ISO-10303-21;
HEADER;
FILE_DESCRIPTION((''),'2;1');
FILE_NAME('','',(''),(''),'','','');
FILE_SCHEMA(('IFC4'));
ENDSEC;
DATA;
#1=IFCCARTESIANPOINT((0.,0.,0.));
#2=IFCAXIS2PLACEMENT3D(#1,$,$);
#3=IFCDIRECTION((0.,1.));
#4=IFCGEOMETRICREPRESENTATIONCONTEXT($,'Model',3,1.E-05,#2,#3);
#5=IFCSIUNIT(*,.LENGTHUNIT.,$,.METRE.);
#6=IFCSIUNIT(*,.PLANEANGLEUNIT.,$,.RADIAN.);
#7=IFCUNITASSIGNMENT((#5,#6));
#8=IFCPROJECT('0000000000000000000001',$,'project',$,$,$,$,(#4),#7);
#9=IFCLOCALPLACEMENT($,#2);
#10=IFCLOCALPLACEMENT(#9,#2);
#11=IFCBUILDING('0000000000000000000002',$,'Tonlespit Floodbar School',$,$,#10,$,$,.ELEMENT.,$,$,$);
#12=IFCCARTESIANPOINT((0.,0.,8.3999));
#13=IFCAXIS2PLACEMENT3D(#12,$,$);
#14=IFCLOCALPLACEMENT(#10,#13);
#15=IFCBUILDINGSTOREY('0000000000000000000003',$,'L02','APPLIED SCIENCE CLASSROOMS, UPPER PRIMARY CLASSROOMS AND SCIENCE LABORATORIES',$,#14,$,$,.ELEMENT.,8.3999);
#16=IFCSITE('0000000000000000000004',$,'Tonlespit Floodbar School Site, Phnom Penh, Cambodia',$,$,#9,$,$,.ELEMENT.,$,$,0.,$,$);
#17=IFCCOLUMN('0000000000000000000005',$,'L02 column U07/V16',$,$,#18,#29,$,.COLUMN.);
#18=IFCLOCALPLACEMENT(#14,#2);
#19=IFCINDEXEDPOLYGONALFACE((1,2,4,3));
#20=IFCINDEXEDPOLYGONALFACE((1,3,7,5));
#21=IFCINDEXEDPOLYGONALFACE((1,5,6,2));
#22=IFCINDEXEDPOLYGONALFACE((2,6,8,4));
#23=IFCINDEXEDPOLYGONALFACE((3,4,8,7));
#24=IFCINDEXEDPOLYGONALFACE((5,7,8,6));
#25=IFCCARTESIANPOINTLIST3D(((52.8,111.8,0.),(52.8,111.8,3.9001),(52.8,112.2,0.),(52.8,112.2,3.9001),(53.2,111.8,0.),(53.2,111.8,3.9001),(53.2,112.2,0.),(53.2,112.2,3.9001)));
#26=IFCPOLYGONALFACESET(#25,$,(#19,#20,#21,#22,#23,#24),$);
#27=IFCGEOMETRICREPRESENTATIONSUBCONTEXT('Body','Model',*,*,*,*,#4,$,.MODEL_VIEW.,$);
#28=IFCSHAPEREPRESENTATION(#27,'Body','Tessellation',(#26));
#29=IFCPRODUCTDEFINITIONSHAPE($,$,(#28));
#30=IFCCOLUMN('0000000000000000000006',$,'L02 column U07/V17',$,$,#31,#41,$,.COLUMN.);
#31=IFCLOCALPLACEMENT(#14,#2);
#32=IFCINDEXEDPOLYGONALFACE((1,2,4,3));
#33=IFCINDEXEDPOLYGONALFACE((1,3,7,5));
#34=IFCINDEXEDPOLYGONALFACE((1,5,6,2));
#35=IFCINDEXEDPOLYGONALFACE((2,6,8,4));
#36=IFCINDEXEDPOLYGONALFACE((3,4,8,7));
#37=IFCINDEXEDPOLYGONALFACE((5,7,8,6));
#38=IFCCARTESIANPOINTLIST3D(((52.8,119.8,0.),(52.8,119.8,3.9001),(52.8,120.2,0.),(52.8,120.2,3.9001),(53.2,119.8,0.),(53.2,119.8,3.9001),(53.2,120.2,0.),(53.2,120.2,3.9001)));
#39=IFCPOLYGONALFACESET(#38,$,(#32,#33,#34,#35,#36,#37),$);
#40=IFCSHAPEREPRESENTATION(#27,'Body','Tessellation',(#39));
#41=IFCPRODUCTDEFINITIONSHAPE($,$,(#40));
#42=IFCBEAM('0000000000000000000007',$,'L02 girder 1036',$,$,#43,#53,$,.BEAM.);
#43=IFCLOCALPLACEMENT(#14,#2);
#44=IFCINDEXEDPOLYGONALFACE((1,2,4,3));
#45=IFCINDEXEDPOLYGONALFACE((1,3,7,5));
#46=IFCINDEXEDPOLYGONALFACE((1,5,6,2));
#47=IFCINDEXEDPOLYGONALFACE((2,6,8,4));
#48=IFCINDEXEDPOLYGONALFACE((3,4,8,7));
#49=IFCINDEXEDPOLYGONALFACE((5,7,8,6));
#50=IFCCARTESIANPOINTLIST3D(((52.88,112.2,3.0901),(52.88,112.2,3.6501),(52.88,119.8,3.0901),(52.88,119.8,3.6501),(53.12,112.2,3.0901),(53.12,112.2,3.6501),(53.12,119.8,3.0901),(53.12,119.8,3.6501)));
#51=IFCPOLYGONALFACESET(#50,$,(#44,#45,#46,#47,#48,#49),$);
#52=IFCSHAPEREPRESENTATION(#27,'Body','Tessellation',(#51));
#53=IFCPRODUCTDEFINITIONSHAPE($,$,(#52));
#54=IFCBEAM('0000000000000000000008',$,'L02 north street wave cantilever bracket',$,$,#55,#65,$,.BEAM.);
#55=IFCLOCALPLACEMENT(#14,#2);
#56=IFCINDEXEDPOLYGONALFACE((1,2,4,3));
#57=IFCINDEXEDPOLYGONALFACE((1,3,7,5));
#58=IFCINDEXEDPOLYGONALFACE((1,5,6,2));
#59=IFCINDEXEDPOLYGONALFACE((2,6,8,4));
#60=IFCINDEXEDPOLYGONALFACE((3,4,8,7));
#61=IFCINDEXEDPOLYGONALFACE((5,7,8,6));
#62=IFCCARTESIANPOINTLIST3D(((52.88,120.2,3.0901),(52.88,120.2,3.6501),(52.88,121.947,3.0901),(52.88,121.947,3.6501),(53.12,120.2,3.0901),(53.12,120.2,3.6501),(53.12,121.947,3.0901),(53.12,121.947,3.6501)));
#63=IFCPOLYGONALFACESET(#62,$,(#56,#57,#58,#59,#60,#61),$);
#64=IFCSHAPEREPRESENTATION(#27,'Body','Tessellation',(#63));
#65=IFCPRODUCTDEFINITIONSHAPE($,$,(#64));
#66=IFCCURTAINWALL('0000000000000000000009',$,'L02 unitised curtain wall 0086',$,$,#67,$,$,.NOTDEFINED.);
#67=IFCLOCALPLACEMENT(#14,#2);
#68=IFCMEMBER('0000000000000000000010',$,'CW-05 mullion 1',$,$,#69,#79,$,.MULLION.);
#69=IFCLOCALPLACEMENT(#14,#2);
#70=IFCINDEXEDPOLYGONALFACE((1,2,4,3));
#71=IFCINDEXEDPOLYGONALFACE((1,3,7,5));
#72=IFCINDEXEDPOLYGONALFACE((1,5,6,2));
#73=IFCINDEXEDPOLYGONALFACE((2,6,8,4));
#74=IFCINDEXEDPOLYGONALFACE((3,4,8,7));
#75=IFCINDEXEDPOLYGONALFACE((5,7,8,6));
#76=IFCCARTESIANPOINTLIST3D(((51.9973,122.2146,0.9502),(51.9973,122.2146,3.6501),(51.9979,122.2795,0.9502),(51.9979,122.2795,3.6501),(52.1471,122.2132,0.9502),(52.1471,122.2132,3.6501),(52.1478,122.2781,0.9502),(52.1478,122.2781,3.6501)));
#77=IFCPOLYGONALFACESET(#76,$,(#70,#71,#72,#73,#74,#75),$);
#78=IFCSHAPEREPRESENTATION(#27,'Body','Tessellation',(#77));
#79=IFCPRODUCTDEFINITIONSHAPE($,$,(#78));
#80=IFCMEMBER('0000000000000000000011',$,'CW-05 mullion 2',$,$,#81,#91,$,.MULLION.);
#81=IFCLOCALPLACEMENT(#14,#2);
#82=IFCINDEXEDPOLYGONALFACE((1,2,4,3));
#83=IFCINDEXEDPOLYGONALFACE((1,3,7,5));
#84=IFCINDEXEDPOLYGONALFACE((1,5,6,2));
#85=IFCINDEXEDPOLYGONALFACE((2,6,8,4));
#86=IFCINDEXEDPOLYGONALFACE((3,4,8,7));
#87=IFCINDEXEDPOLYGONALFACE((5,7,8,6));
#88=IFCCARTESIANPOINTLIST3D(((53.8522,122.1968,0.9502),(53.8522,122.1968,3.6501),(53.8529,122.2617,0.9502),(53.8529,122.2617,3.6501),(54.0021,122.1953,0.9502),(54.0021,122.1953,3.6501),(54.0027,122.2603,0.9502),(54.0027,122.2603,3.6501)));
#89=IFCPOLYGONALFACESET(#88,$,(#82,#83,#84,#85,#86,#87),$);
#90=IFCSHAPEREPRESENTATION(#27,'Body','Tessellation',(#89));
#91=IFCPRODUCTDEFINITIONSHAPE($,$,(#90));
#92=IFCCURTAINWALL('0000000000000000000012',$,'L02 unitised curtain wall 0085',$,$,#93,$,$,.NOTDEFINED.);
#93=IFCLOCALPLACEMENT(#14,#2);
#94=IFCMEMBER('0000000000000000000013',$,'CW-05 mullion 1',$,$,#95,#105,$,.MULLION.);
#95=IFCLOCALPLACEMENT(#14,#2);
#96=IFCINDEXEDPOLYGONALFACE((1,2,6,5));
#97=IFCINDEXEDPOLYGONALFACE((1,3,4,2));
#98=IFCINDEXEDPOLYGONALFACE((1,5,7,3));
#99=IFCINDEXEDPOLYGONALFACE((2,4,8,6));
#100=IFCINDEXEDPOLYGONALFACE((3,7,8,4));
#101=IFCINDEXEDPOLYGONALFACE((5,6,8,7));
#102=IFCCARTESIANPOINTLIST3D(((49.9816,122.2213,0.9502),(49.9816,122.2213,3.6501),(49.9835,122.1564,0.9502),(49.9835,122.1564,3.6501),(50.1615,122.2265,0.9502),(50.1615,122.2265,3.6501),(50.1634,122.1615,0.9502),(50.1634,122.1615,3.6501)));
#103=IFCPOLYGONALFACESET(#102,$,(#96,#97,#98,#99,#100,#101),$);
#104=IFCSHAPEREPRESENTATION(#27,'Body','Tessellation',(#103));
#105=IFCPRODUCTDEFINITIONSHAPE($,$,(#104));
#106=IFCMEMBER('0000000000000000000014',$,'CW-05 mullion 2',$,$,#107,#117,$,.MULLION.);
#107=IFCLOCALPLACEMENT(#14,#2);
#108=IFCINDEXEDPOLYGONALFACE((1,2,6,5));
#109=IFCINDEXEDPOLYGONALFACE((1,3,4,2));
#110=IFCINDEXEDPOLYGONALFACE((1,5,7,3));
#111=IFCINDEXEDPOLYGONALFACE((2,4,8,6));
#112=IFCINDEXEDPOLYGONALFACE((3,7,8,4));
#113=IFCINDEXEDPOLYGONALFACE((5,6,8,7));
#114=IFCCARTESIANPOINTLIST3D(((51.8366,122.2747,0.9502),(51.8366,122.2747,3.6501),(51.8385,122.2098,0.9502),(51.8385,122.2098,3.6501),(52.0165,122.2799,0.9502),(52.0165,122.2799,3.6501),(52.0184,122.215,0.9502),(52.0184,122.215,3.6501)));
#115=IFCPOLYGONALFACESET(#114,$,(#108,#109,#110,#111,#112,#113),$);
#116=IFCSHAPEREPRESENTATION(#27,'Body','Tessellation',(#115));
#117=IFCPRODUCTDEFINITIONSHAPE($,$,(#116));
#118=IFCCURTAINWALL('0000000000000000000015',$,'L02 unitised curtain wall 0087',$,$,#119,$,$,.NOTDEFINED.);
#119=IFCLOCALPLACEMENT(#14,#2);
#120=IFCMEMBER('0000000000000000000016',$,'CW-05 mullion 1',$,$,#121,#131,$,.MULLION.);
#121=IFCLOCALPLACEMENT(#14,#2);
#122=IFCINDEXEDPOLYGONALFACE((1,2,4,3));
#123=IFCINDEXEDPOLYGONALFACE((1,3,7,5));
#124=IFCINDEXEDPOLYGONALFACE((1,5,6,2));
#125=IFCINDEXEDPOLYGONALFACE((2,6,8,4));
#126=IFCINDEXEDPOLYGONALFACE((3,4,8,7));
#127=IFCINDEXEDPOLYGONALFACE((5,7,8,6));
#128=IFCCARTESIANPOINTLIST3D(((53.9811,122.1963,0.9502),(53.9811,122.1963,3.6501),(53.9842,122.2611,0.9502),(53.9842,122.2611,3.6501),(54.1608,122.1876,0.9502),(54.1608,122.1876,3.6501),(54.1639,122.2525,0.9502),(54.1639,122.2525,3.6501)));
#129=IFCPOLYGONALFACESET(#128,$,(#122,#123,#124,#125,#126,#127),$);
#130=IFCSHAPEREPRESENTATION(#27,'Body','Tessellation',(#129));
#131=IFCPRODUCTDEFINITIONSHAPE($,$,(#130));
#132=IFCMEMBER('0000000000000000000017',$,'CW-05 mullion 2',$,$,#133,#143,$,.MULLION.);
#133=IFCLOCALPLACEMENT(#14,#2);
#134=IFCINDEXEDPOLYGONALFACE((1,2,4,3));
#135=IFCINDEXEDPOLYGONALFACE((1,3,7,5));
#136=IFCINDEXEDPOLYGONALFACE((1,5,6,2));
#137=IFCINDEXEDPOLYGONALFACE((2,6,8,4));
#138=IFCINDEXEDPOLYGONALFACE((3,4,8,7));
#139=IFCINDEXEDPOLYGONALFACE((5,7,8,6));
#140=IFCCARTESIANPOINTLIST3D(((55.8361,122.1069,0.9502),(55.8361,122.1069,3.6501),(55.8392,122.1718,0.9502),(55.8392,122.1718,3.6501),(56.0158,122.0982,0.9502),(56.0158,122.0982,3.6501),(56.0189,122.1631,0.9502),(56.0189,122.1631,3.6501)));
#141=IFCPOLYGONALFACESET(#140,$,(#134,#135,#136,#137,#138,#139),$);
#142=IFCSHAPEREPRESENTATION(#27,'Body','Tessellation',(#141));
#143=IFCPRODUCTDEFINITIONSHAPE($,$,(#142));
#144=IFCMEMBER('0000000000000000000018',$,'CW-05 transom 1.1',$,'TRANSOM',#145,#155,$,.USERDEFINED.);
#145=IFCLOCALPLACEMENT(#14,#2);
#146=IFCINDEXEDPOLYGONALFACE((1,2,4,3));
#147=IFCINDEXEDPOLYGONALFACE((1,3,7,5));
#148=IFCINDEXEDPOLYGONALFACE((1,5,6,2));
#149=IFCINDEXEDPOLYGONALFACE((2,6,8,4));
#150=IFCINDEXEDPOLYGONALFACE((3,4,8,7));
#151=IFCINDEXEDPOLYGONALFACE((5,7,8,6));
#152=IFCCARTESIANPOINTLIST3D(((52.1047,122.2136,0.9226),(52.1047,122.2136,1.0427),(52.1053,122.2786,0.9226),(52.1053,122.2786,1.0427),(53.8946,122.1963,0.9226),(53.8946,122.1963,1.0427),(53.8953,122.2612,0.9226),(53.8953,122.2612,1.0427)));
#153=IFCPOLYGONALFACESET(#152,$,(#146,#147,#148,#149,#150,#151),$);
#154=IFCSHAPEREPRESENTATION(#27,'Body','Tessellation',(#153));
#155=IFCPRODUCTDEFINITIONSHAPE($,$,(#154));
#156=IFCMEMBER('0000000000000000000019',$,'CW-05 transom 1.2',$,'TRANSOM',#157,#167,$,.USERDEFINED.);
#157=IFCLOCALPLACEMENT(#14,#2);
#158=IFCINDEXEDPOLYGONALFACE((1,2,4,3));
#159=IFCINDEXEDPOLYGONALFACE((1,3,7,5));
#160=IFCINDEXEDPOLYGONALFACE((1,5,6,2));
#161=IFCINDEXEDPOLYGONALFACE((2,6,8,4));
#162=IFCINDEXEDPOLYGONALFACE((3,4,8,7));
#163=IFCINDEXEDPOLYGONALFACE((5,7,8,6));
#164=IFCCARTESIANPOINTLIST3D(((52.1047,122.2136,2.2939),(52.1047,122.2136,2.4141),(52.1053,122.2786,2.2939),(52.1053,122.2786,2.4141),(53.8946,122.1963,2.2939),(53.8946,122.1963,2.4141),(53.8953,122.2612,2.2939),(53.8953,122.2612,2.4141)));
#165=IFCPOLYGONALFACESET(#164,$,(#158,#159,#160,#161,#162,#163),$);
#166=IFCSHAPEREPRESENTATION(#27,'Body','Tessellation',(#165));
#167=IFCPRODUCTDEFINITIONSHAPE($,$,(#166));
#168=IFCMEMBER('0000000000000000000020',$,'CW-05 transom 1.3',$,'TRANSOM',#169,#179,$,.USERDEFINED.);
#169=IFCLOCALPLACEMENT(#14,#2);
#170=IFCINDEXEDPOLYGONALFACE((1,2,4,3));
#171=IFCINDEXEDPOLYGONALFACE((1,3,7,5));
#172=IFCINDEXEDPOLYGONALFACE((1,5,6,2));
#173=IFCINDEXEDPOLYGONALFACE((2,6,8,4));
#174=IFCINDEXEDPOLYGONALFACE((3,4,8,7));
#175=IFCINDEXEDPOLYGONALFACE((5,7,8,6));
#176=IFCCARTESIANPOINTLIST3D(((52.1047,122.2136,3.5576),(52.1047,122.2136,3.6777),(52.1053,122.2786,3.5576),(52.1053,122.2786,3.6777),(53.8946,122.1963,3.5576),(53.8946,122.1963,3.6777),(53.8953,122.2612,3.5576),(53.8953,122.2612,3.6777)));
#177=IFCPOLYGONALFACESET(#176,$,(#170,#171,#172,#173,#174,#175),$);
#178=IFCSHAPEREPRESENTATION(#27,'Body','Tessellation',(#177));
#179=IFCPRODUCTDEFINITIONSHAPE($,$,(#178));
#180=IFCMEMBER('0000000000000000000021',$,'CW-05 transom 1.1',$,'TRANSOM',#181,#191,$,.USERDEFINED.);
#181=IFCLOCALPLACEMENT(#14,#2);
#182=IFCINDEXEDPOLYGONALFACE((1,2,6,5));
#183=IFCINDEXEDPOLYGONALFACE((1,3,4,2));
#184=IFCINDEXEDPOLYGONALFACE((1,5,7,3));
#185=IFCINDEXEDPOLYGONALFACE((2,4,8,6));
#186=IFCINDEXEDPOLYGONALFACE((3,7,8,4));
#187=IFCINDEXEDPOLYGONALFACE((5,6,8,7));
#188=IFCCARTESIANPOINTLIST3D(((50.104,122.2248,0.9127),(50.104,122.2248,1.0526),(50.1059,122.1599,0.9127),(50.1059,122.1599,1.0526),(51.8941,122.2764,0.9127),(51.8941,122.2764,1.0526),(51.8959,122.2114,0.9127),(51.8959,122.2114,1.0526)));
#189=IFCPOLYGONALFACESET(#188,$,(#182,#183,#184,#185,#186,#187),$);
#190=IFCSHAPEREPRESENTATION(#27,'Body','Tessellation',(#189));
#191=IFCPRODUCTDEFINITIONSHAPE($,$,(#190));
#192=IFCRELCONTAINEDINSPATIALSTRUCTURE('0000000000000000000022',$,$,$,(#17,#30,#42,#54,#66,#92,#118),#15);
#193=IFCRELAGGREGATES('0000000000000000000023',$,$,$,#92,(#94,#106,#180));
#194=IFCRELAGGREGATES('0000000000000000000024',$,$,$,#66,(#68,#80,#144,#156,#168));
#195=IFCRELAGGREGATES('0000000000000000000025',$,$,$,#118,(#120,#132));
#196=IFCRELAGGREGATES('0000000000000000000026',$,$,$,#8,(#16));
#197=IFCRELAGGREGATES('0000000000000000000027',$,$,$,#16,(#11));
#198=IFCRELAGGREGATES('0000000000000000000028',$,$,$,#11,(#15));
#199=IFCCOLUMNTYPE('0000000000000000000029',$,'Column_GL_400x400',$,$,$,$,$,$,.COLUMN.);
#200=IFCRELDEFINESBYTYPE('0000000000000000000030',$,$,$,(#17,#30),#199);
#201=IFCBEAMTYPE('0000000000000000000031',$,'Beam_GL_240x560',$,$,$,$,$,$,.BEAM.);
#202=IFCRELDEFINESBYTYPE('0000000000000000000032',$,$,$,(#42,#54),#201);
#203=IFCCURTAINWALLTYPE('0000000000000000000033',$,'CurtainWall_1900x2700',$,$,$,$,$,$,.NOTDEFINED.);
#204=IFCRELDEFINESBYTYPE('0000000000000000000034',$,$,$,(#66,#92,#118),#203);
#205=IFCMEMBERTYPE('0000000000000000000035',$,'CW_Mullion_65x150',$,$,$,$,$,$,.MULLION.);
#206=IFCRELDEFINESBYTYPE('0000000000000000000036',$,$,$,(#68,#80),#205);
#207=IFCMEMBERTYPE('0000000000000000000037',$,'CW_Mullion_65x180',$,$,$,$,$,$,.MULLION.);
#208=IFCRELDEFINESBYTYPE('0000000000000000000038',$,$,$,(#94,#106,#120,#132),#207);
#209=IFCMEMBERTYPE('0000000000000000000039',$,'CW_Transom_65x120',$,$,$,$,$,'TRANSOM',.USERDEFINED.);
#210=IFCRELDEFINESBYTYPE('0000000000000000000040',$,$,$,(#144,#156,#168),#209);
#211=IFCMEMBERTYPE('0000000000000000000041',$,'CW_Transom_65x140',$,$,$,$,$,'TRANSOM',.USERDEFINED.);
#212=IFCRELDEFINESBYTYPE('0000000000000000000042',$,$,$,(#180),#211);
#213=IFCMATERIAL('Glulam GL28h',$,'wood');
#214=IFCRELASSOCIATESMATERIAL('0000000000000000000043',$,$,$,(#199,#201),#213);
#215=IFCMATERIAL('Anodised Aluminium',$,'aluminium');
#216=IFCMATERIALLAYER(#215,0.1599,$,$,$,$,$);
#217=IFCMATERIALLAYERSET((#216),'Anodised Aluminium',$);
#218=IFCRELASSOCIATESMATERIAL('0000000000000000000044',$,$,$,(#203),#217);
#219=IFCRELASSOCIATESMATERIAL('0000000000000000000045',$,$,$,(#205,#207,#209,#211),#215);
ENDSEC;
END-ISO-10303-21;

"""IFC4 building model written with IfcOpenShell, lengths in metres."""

from ifc_helpers import new_model, si_unit, direction, frame, origin, origin_2d, place, context, subcontext, project, spatial, rectangle, extrude, material, layer, layer_set, material_profile, profile_set, type_object, element, aggregate, save


model = new_model("IFC4")

# Units and contexts
model_context = context("Model", 3, precision=1e-05, world=origin(), true_north=direction((0.0, 1.0)))
body_context = subcontext(model_context, "Body", "Model", "MODEL_VIEW")
ifc_project = project(units=[si_unit("LENGTHUNIT", "METRE"), si_unit("PLANEANGLEUNIT", "RADIAN")], contexts=[model_context])

# Site, building, storey
site_placement = place(None, origin())
site = spatial("IfcSite", under=ifc_project, at=site_placement, Name="Tonlespit Floodbar School Site, Phnom Penh, Cambodia", CompositionType="ELEMENT", RefElevation=0.0)
building_placement = place(site_placement, origin())
building = spatial("IfcBuilding", under=site, at=building_placement, Name="Tonlespit Floodbar School", CompositionType="ELEMENT")
storey_placement = place(building_placement, frame((0.0, 0.0, 8.3999)))
storey = spatial("IfcBuildingStorey", under=building, at=storey_placement, Name="L02", Description="APPLIED SCIENCE CLASSROOMS, UPPER PRIMARY CLASSROOMS AND SCIENCE LABORATORIES", CompositionType="ELEMENT", Elevation=8.3999)

# Columns
ifc_material_1 = material(Name="Glulam GL28h", Category="wood")
ifc_material_profile_1 = material_profile(ifc_material_1, rectangle(XDim=0.3999, YDim=0.3999, at=origin_2d()), Name="GL 400x400")
ifc_profile_set_1 = profile_set([ifc_material_profile_1], Name="Glulam GL28h")
column_type = type_object("IfcColumnType", Name="Column_GL_400x400", PredefinedType="COLUMN", material=ifc_profile_set_1)
for number, where, z_axis, x_axis, name in (
    (1, (53.0, 112.0, 0.0), (0.0, 0.0, 1.0), (1.0, 0.0, 0.0), "L02 column U07/V16"),
    (2, (53.0, 120.0, 0.0), (0.0, 0.0, 1.0), (1.0, 0.0, 0.0), "L02 column U07/V17"),
):
    element("IfcColumn", number, at=place(storey_placement, frame(where, z_axis=z_axis, x_axis=x_axis)), inside=storey, type_object=column_type, Name=name, PredefinedType="COLUMN", context=body_context, shape_type="SweptSolid", body=[
        extrude(rectangle(XDim=0.3999, YDim=0.3999, at=origin_2d()), origin(), (0.0, 0.0, 1.0), 3.9001),
    ])

# Beams
ifc_material_profile_2 = material_profile(ifc_material_1, rectangle(XDim=0.24, YDim=0.5601, at=origin_2d()), Name="GL 240x560")
ifc_profile_set_2 = profile_set([ifc_material_profile_2], Name="Glulam GL28h")
beam_type_1 = type_object("IfcBeamType", Name="Beam_GL_240x560", PredefinedType="BEAM", material=ifc_profile_set_2)
beam_1_placement = place(storey_placement, frame((53.0, 112.2, 3.3701), z_axis=(0.0, 1.0, 0.0), x_axis=(-1.0, 0.0, 0.0)))
element("IfcBeam", 3, at=beam_1_placement, inside=storey, type_object=beam_type_1, Name="L02 girder 1036", PredefinedType="BEAM", context=body_context, shape_type="SweptSolid", body=[
    extrude(rectangle(XDim=0.24, YDim=0.5601, at=origin_2d()), origin(), (0.0, 0.0, 1.0), 7.6001),
])
beam_2_placement = place(storey_placement, frame((53.0, 120.2, 3.3701), z_axis=(0.0, 1.0, 0.0), x_axis=(-1.0, 0.0, 0.0)))
element("IfcBeam", 4, at=beam_2_placement, inside=storey, type_object=beam_type_1, Name="L02 north street wave cantilever bracket", PredefinedType="BEAM", context=body_context, shape_type="SweptSolid", body=[
    extrude(rectangle(XDim=0.24, YDim=0.5601, at=origin_2d()), origin(), (0.0, 0.0, 1.0), 1.7471),
])

# Curtain walls, members
ifc_material_2 = material(Name="Anodised Aluminium", Category="aluminium")
ifc_layer_1 = layer(ifc_material_2, 0.1599)
ifc_layer_set_1 = layer_set([ifc_layer_1], Name="Anodised Aluminium")
curtain_wall_type = type_object("IfcCurtainWallType", Name="CurtainWall_1900x2700", PredefinedType="NOTDEFINED", material=ifc_layer_set_1)
curtain_wall_1_placement = place(storey_placement, origin())
curtain_wall_1 = element("IfcCurtainWall", 5, at=curtain_wall_1_placement, inside=storey, type_object=curtain_wall_type, Name="L02 unitised curtain wall 0086", PredefinedType="NOTDEFINED")
ifc_material_profile_3 = material_profile(ifc_material_2, rectangle(XDim=0.0649, YDim=0.1499, at=origin_2d()), Name="ALU M65x150")
ifc_profile_set_3 = profile_set([ifc_material_profile_3], Name="Anodised Aluminium")
member_type_1 = type_object("IfcMemberType", Name="CW_Mullion_65x150", PredefinedType="MULLION", material=ifc_profile_set_3)
member_1_placement = place(storey_placement, frame((52.0725, 122.2463, 0.9502), z_axis=(0.0, 0.0, 1.0), x_axis=(0.009583, 0.999954, 0.0)))
member_1 = element("IfcMember", 6, at=member_1_placement, type_object=member_type_1, Name="CW-05 mullion 1", PredefinedType="MULLION", context=body_context, shape_type="SweptSolid", body=[
    extrude(rectangle(XDim=0.0649, YDim=0.1499, at=origin_2d()), origin(), (0.0, 0.0, 1.0), 2.7),
])
member_2_placement = place(storey_placement, frame((53.9275, 122.2285, 0.9502), z_axis=(0.0, 0.0, 1.0), x_axis=(0.009583, 0.999954, 0.0)))
member_2 = element("IfcMember", 7, at=member_2_placement, type_object=member_type_1, Name="CW-05 mullion 2", PredefinedType="MULLION", context=body_context, shape_type="SweptSolid", body=[
    extrude(rectangle(XDim=0.0649, YDim=0.1499, at=origin_2d()), origin(), (0.0, 0.0, 1.0), 2.7),
])
curtain_wall_2_placement = place(storey_placement, origin())
curtain_wall_2 = element("IfcCurtainWall", 8, at=curtain_wall_2_placement, inside=storey, type_object=curtain_wall_type, Name="L02 unitised curtain wall 0085", PredefinedType="NOTDEFINED")
ifc_material_profile_4 = material_profile(ifc_material_2, rectangle(XDim=0.0649, YDim=0.1799, at=origin_2d()), Name="ALU M65x180")
ifc_profile_set_4 = profile_set([ifc_material_profile_4], Name="Anodised Aluminium")
member_type_2 = type_object("IfcMemberType", Name="CW_Mullion_65x180", PredefinedType="MULLION", material=ifc_profile_set_4)
member_3_placement = place(storey_placement, frame((50.0725, 122.1914, 0.9502), z_axis=(0.0, 0.0, 1.0), x_axis=(-0.02879, 0.999585, 0.0)))
member_3 = element("IfcMember", 9, at=member_3_placement, type_object=member_type_2, Name="CW-05 mullion 1", PredefinedType="MULLION", context=body_context, shape_type="SweptSolid", body=[
    extrude(rectangle(XDim=0.0649, YDim=0.1799, at=origin_2d()), origin(), (0.0, 0.0, 1.0), 2.7),
])
member_4_placement = place(storey_placement, frame((51.9275, 122.2449, 0.9502), z_axis=(0.0, 0.0, 1.0), x_axis=(-0.02879, 0.999585, 0.0)))
member_4 = element("IfcMember", 10, at=member_4_placement, type_object=member_type_2, Name="CW-05 mullion 2", PredefinedType="MULLION", context=body_context, shape_type="SweptSolid", body=[
    extrude(rectangle(XDim=0.0649, YDim=0.1799, at=origin_2d()), origin(), (0.0, 0.0, 1.0), 2.7),
])
curtain_wall_3_placement = place(storey_placement, origin())
curtain_wall_3 = element("IfcCurtainWall", 11, at=curtain_wall_3_placement, inside=storey, type_object=curtain_wall_type, Name="L02 unitised curtain wall 0087", PredefinedType="NOTDEFINED")
member_5_placement = place(storey_placement, frame((54.0725, 122.2244, 0.9502), z_axis=(0.0, 0.0, 1.0), x_axis=(0.048121, 0.998842, 0.0)))
member_5 = element("IfcMember", 12, at=member_5_placement, type_object=member_type_2, Name="CW-05 mullion 1", PredefinedType="MULLION", context=body_context, shape_type="SweptSolid", body=[
    extrude(rectangle(XDim=0.0649, YDim=0.1799, at=origin_2d()), origin(), (0.0, 0.0, 1.0), 2.7),
])
member_6_placement = place(storey_placement, frame((55.9275, 122.135, 0.9502), z_axis=(0.0, 0.0, 1.0), x_axis=(0.048121, 0.998842, 0.0)))
member_6 = element("IfcMember", 13, at=member_6_placement, type_object=member_type_2, Name="CW-05 mullion 2", PredefinedType="MULLION", context=body_context, shape_type="SweptSolid", body=[
    extrude(rectangle(XDim=0.0649, YDim=0.1799, at=origin_2d()), origin(), (0.0, 0.0, 1.0), 2.7),
])

# Members
ifc_material_profile_5 = material_profile(ifc_material_2, rectangle(XDim=0.0649, YDim=0.1201, at=origin_2d()), Name="ALU T65x120")
ifc_profile_set_5 = profile_set([ifc_material_profile_5], Name="Anodised Aluminium")
member_type_3 = type_object("IfcMemberType", Name="CW_Transom_65x120", ElementType="TRANSOM", PredefinedType="USERDEFINED", material=ifc_profile_set_5)
member_7_placement = place(storey_placement, frame((52.105, 122.2461, 0.9827), z_axis=(0.999953, -0.009683, 0.0), x_axis=(0.009683, 0.999953, 0.0)))
member_7 = element("IfcMember", 14, at=member_7_placement, type_object=member_type_3, Name="CW-05 transom 1.1", ObjectType="TRANSOM", PredefinedType="USERDEFINED", context=body_context, shape_type="SweptSolid", body=[
    extrude(rectangle(XDim=0.0649, YDim=0.1201, at=origin_2d()), origin(), (0.0, 0.0, 1.0), 1.79),
])
member_8_placement = place(storey_placement, frame((52.105, 122.2461, 2.354), z_axis=(0.999953, -0.009683, 0.0), x_axis=(0.009683, 0.999953, 0.0)))
member_8 = element("IfcMember", 15, at=member_8_placement, type_object=member_type_3, Name="CW-05 transom 1.2", ObjectType="TRANSOM", PredefinedType="USERDEFINED", context=body_context, shape_type="SweptSolid", body=[
    extrude(rectangle(XDim=0.0649, YDim=0.1201, at=origin_2d()), origin(), (0.0, 0.0, 1.0), 1.79),
])
member_9_placement = place(storey_placement, frame((52.105, 122.2461, 3.6177), z_axis=(0.999953, -0.009683, 0.0), x_axis=(0.009683, 0.999953, 0.0)))
member_9 = element("IfcMember", 16, at=member_9_placement, type_object=member_type_3, Name="CW-05 transom 1.3", ObjectType="TRANSOM", PredefinedType="USERDEFINED", context=body_context, shape_type="SweptSolid", body=[
    extrude(rectangle(XDim=0.0649, YDim=0.1201, at=origin_2d()), origin(), (0.0, 0.0, 1.0), 1.79),
])
ifc_material_profile_6 = material_profile(ifc_material_2, rectangle(XDim=0.0649, YDim=0.1399, at=origin_2d()), Name="ALU T65x140")
ifc_profile_set_6 = profile_set([ifc_material_profile_6], Name="Anodised Aluminium")
member_type_4 = type_object("IfcMemberType", Name="CW_Transom_65x140", ElementType="TRANSOM", PredefinedType="USERDEFINED", material=ifc_profile_set_6)
member_10_placement = place(storey_placement, frame((50.105, 122.1924, 0.9827), z_axis=(0.999586, 0.028766, 0.0), x_axis=(-0.028766, 0.999586, 0.0)))
member_10 = element("IfcMember", 17, at=member_10_placement, type_object=member_type_4, Name="CW-05 transom 1.1", ObjectType="TRANSOM", PredefinedType="USERDEFINED", context=body_context, shape_type="SweptSolid", body=[
    extrude(rectangle(XDim=0.0649, YDim=0.1399, at=origin_2d()), origin(), (0.0, 0.0, 1.0), 1.7908),
])

aggregate(curtain_wall_2, [member_3, member_4, member_10])
aggregate(curtain_wall_1, [member_1, member_2, member_7, member_8, member_9])
aggregate(curtain_wall_3, [member_5, member_6])

save(model, "model.ifc")
